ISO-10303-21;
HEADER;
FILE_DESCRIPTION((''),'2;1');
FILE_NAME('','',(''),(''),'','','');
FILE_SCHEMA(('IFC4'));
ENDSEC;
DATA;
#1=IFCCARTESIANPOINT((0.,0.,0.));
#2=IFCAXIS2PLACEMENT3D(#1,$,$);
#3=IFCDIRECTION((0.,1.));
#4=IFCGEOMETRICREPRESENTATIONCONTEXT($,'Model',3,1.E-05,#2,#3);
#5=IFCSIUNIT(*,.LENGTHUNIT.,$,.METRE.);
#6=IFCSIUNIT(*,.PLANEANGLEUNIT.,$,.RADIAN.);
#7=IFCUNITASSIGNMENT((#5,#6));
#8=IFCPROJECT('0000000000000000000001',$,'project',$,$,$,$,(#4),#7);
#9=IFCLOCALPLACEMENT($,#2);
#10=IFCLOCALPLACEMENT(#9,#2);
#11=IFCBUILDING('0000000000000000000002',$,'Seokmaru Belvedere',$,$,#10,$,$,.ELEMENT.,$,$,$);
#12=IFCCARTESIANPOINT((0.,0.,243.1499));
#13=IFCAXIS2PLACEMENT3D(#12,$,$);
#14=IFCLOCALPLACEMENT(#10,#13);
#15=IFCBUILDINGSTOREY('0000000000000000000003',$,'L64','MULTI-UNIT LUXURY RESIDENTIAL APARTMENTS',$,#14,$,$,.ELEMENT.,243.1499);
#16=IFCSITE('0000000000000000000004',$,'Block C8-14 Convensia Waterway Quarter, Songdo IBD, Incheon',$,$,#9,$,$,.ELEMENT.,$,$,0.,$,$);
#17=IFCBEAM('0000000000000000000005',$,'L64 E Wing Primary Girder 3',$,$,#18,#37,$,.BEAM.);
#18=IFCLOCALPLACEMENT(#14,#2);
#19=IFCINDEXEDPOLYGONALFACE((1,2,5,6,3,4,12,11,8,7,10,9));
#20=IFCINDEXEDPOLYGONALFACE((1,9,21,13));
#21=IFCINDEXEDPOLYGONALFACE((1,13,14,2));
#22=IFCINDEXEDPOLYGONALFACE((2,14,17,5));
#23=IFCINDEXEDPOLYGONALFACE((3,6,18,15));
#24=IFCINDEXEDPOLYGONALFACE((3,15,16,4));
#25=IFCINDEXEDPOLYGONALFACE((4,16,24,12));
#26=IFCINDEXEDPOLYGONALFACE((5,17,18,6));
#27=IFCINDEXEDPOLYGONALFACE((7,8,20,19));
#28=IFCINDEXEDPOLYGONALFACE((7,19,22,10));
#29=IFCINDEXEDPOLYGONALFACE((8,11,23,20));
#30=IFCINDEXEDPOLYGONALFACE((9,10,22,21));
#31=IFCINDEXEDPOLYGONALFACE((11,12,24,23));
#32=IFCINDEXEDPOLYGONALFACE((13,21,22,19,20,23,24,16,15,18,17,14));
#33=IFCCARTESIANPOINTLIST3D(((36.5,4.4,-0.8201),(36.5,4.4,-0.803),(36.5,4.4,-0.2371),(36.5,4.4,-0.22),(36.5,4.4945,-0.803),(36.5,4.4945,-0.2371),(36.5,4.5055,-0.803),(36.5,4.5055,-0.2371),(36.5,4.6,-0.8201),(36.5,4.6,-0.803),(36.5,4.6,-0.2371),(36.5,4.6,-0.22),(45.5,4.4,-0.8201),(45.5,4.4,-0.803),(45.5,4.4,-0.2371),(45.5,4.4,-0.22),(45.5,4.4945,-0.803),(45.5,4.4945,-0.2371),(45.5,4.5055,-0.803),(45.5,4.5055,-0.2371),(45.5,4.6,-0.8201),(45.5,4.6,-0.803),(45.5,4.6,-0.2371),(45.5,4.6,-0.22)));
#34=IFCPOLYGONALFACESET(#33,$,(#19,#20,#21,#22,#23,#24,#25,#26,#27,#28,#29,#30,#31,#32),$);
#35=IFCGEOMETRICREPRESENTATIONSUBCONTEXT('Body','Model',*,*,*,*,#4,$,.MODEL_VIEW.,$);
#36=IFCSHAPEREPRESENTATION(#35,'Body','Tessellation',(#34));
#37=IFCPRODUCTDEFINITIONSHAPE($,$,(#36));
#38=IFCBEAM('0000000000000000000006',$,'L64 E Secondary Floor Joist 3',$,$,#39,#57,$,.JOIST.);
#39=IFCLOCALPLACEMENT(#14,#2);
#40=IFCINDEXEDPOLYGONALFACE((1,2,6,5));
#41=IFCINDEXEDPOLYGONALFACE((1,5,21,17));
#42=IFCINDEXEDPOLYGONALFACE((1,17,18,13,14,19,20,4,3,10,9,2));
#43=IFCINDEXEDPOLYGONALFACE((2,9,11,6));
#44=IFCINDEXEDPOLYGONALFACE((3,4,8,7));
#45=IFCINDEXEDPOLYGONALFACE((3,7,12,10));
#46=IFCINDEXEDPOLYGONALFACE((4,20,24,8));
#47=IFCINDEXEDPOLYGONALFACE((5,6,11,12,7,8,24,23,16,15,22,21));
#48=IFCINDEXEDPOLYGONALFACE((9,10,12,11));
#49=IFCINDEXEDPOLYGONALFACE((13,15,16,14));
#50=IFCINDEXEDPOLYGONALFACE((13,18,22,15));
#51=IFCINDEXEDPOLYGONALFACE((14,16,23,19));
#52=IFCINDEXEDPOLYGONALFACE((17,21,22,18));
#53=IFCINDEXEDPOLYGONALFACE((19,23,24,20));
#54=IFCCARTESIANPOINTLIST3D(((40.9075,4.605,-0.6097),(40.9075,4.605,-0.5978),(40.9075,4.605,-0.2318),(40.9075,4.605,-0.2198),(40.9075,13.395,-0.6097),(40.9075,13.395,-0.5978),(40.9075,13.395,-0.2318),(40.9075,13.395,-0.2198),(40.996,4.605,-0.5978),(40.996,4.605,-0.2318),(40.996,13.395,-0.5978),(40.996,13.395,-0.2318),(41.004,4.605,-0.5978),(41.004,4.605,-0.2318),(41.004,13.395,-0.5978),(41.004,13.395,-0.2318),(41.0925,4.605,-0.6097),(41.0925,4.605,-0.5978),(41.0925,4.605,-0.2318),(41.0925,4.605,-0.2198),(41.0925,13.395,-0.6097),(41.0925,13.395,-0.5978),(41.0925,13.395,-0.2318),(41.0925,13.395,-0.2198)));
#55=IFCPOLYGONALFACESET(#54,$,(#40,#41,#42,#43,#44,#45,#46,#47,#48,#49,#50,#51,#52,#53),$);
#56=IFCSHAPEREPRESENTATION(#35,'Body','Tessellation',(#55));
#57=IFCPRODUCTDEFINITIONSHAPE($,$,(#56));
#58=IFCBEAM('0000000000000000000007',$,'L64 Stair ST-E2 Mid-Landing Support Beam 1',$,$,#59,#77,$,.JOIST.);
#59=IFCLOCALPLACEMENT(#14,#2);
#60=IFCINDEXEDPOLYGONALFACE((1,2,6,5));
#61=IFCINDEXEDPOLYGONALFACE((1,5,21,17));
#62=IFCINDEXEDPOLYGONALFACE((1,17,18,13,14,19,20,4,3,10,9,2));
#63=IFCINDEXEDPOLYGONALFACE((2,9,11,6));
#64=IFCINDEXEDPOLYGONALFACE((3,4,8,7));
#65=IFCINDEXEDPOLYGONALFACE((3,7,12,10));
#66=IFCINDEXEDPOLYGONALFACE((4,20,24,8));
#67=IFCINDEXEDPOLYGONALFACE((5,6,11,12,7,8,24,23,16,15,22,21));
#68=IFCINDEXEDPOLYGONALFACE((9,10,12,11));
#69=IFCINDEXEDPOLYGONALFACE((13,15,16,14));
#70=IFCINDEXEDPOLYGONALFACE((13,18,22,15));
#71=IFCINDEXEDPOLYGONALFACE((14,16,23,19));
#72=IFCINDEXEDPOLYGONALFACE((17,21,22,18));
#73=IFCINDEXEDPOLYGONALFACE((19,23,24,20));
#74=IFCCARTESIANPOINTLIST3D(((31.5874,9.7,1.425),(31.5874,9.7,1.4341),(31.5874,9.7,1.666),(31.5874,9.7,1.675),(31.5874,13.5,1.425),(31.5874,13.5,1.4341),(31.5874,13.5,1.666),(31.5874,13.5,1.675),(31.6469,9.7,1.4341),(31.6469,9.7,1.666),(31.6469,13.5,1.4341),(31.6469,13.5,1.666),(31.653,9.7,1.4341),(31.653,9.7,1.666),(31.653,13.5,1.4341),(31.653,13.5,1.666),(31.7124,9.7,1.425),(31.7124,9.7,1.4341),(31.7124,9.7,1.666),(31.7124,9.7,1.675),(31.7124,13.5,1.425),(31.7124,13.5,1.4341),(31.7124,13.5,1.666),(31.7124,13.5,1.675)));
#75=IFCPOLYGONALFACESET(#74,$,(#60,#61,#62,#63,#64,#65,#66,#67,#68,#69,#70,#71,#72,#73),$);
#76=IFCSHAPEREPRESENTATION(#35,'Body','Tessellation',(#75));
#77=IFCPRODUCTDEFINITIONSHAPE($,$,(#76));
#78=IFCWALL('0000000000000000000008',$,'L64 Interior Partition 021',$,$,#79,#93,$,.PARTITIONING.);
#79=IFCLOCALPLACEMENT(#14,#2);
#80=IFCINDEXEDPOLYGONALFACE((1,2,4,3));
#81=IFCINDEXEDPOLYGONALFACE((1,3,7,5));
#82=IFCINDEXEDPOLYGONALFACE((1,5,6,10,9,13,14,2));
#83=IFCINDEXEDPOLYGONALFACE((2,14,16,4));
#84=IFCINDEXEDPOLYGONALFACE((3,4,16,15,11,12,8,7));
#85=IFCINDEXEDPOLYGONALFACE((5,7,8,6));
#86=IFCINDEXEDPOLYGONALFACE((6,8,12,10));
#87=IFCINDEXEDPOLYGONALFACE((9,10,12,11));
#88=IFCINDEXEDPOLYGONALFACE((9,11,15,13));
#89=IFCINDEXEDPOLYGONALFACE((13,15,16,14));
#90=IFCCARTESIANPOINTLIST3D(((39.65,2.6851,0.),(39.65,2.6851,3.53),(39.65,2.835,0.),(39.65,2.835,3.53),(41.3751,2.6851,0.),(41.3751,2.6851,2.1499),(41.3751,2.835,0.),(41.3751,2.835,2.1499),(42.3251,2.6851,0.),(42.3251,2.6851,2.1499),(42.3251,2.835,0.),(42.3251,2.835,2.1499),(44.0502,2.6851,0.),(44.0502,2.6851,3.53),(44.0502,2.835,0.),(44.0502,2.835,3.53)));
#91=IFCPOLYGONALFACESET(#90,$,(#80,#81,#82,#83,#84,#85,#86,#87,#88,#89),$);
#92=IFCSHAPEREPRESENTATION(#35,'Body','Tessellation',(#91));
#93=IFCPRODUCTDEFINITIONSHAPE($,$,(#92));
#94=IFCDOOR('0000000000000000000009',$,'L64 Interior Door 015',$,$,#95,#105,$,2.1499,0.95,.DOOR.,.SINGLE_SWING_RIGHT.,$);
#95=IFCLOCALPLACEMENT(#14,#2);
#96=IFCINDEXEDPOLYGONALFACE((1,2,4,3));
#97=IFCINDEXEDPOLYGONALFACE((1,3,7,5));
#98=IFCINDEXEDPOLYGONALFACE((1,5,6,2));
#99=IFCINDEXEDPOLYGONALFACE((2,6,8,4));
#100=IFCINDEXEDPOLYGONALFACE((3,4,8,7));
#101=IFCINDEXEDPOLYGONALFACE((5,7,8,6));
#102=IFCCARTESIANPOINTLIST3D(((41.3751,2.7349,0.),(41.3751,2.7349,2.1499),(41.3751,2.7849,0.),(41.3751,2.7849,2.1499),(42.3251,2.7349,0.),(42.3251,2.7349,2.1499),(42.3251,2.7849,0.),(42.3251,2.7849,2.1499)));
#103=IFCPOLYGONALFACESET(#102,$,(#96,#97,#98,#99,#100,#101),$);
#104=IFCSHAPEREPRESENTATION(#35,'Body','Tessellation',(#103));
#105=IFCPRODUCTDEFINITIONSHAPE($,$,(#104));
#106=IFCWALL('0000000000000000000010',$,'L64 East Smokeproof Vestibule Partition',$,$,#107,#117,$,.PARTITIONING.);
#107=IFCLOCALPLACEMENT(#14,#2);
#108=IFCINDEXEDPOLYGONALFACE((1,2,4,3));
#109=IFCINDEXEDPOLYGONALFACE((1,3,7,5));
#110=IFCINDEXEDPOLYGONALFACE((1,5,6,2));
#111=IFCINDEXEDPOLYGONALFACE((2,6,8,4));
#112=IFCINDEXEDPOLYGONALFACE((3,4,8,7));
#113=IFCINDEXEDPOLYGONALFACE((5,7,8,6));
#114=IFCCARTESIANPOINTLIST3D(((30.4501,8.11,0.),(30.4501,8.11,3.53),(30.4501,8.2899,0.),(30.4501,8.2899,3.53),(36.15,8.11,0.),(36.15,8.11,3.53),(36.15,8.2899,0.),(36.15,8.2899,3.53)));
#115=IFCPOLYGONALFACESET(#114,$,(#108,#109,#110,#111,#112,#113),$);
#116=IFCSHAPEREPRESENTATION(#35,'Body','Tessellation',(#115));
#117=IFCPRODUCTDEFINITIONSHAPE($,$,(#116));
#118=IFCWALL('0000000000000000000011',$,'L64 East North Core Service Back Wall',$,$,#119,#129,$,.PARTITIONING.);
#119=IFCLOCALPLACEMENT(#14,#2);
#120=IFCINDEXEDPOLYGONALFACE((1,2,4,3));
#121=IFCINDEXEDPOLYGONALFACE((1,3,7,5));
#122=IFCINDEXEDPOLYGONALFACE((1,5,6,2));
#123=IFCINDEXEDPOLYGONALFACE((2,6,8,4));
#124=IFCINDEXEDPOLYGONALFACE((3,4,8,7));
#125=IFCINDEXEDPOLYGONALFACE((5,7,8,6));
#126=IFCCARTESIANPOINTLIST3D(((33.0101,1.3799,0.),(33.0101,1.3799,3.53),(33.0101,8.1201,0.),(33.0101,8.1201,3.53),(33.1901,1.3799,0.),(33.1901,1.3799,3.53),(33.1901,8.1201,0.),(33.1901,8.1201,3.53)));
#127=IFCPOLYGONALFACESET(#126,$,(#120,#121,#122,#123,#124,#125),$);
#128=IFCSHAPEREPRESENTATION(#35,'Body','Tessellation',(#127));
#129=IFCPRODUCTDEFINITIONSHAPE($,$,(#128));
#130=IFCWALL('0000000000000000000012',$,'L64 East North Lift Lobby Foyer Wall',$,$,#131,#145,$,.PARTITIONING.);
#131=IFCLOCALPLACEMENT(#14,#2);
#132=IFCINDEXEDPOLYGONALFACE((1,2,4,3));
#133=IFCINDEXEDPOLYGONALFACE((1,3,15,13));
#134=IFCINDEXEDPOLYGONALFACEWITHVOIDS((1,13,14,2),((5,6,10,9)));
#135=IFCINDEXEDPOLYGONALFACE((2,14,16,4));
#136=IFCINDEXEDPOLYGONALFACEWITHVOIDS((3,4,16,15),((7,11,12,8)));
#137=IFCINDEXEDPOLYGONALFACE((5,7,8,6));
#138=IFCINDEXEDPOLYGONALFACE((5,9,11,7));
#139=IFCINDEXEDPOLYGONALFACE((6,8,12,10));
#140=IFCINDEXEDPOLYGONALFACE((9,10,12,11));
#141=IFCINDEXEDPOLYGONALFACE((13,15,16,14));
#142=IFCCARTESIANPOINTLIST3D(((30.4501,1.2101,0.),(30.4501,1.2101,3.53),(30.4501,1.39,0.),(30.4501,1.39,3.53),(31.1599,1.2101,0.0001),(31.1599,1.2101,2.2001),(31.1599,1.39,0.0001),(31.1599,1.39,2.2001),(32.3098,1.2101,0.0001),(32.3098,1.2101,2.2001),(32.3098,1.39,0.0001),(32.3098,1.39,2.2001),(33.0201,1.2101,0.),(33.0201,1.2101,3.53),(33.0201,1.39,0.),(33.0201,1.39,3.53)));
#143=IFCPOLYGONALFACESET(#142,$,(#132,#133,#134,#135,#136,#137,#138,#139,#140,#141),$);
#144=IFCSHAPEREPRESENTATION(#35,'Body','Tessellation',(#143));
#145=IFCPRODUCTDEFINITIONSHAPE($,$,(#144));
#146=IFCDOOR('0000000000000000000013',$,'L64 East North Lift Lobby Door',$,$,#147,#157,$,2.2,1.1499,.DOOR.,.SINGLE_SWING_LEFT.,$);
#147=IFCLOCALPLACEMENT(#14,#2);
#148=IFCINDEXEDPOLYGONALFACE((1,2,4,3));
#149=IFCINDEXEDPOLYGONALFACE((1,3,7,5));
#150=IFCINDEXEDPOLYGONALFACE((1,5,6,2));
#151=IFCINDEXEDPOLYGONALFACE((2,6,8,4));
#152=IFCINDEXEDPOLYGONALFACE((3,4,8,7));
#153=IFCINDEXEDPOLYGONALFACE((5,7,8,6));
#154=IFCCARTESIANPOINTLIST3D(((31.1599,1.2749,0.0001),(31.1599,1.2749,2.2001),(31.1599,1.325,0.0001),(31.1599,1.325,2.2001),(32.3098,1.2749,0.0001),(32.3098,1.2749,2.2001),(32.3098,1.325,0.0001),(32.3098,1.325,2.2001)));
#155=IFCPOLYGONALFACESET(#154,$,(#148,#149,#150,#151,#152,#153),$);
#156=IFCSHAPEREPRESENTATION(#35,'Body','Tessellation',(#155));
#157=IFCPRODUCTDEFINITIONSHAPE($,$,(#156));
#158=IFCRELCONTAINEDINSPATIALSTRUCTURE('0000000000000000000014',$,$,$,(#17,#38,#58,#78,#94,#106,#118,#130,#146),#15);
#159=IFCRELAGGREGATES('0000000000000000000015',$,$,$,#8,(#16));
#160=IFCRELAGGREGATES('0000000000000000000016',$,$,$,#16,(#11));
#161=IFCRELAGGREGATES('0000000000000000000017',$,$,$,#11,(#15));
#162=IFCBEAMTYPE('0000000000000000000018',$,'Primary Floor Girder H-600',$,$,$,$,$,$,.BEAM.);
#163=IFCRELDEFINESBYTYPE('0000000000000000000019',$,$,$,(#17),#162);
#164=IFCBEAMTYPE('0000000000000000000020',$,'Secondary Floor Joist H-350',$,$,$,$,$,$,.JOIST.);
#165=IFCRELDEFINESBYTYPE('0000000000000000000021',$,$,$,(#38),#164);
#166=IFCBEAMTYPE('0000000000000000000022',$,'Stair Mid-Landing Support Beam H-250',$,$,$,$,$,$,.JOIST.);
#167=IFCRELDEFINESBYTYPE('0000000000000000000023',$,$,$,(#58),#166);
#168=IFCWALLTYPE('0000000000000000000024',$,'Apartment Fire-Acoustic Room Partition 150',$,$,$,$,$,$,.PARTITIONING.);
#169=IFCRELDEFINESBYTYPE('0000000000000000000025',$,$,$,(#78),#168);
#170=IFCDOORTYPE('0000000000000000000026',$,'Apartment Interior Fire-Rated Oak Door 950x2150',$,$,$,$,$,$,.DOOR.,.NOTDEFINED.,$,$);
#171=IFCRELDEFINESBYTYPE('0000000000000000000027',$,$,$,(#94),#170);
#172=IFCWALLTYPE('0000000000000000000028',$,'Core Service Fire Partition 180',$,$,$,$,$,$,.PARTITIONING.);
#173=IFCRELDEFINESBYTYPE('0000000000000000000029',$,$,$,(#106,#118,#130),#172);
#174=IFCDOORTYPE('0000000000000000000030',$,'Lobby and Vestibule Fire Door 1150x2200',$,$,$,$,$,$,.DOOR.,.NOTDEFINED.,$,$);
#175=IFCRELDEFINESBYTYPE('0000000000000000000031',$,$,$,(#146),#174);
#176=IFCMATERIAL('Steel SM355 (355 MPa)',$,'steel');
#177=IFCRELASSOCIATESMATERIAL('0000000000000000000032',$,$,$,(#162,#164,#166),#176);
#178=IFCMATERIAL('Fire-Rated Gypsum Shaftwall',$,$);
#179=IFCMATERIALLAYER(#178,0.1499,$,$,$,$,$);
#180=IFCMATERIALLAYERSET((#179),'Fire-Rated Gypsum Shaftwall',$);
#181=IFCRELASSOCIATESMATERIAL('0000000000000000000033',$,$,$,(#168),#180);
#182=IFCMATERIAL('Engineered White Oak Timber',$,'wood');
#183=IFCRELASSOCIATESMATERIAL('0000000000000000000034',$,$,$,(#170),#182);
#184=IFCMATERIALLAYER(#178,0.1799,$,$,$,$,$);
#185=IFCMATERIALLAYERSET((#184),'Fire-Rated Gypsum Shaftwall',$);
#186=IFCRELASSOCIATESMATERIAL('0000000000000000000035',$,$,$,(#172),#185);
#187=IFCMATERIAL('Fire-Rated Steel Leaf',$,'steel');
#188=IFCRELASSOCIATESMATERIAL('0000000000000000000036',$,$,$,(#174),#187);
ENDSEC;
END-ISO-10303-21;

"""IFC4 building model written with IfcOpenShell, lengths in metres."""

from ifc_helpers import new_model, si_unit, direction, frame, frame_2d, origin, origin_2d, place, context, subcontext, project, spatial, rectangle, i_section, extrude, source, transform, mapped, material, layer, layer_set, material_profile, profile_set, type_object, type_shapes, element, fill, save


model = new_model("IFC4")

# Units and contexts
model_context = context("Model", 3, precision=1e-05, world=origin(), true_north=direction((0.0, 1.0)))
body_context = subcontext(model_context, "Body", "Model", "MODEL_VIEW")
ifc_project = project(units=[si_unit("LENGTHUNIT", "METRE"), si_unit("PLANEANGLEUNIT", "RADIAN")], contexts=[model_context])

# Site, building, storey
site_placement = place(None, origin())
site = spatial("IfcSite", under=ifc_project, at=site_placement, Name="Block C8-14 Convensia Waterway Quarter, Songdo IBD, Incheon", CompositionType="ELEMENT", RefElevation=0.0)
building_placement = place(site_placement, origin())
building = spatial("IfcBuilding", under=site, at=building_placement, Name="Seokmaru Belvedere", CompositionType="ELEMENT")
storey_placement = place(building_placement, frame((0.0, 0.0, 243.1499)))
storey = spatial("IfcBuildingStorey", under=building, at=storey_placement, Name="L64", Description="MULTI-UNIT LUXURY RESIDENTIAL APARTMENTS", CompositionType="ELEMENT", Elevation=243.1499)

# Beams
ifc_material_1 = material(Name="Steel SM355 (355 MPa)", Category="steel")
ifc_material_profile_1 = material_profile(ifc_material_1, i_section(OverallWidth=0.2, OverallDepth=0.6001, WebThickness=0.011, FlangeThickness=0.0171, at=origin_2d()), Name="H-600x200x11x17")
ifc_profile_set_1 = profile_set([ifc_material_profile_1], Name="Steel SM355 (355 MPa)")
beam_type_1 = type_object("IfcBeamType", Name="Primary Floor Girder H-600", PredefinedType="BEAM", material=ifc_profile_set_1)
shared_shape_1 = source(origin(), body_context, "Body", "SweptSolid", [
    extrude(i_section(OverallWidth=0.2, OverallDepth=0.6001, WebThickness=0.011, FlangeThickness=0.0171, at=origin_2d()), origin(), (0.0, 0.0, 1.0), 9.0),
])
type_shapes(beam_type_1, [shared_shape_1])
beam_1_placement = place(storey_placement, frame((36.5, 4.5, -0.52), z_axis=(1.0, 0.0, 0.0), x_axis=(0.0, 1.0, 0.0)))
element("IfcBeam", 1, at=beam_1_placement, inside=storey, type_object=beam_type_1, Name="L64 E Wing Primary Girder 3", PredefinedType="BEAM", context=body_context, shape_type="MappedRepresentation", body=[
    mapped(shared_shape_1, transform((0.0, 0.0, 0.0), scale=1.0)),
])
ifc_material_profile_2 = material_profile(ifc_material_1, i_section(OverallWidth=0.1851, OverallDepth=0.3899, WebThickness=0.0081, FlangeThickness=0.012, at=origin_2d()), Name="H-390x185x8x12")
ifc_profile_set_2 = profile_set([ifc_material_profile_2], Name="Steel SM355 (355 MPa)")
beam_type_2 = type_object("IfcBeamType", Name="Secondary Floor Joist H-350", PredefinedType="JOIST", material=ifc_profile_set_2)
shared_shape_2 = source(origin(), body_context, "Body", "SweptSolid", [
    extrude(i_section(OverallWidth=0.1851, OverallDepth=0.3899, WebThickness=0.0081, FlangeThickness=0.012, at=origin_2d()), origin(), (0.0, 0.0, 1.0), 8.79),
])
type_shapes(beam_type_2, [shared_shape_2])
beam_2_placement = place(storey_placement, frame((41.0, 4.605, -0.4148), z_axis=(0.0, 1.0, 0.0), x_axis=(-1.0, 0.0, 0.0)))
element("IfcBeam", 2, at=beam_2_placement, inside=storey, type_object=beam_type_2, Name="L64 E Secondary Floor Joist 3", PredefinedType="JOIST", context=body_context, shape_type="MappedRepresentation", body=[
    mapped(shared_shape_2, transform((0.0, 0.0, 0.0), scale=1.0)),
])
ifc_material_profile_3 = material_profile(ifc_material_1, i_section(OverallWidth=0.125, OverallDepth=0.25, WebThickness=0.0061, FlangeThickness=0.009, at=origin_2d()), Name="H-250x125x6x9")
ifc_profile_set_3 = profile_set([ifc_material_profile_3], Name="Steel SM355 (355 MPa)")
beam_type_3 = type_object("IfcBeamType", Name="Stair Mid-Landing Support Beam H-250", PredefinedType="JOIST", material=ifc_profile_set_3)
shared_shape_3 = source(origin(), body_context, "Body", "SweptSolid", [
    extrude(i_section(OverallWidth=0.125, OverallDepth=0.25, WebThickness=0.0061, FlangeThickness=0.009, at=origin_2d()), origin(), (0.0, 0.0, 1.0), 3.8),
])
type_shapes(beam_type_3, [shared_shape_3])
beam_3_placement = place(storey_placement, frame((31.6499, 9.7, 1.55), z_axis=(0.0, 1.0, 0.0), x_axis=(-1.0, 0.0, 0.0)))
element("IfcBeam", 3, at=beam_3_placement, inside=storey, type_object=beam_type_3, Name="L64 Stair ST-E2 Mid-Landing Support Beam 1", PredefinedType="JOIST", context=body_context, shape_type="MappedRepresentation", body=[
    mapped(shared_shape_3, transform((0.0, 0.0, 0.0), scale=1.0)),
])

# Wall, opening, door
ifc_material_2 = material(Name="Fire-Rated Gypsum Shaftwall")
ifc_layer_1 = layer(ifc_material_2, 0.1499)
ifc_layer_set_1 = layer_set([ifc_layer_1], Name="Fire-Rated Gypsum Shaftwall")
wall_type_1 = type_object("IfcWallType", Name="Apartment Fire-Acoustic Room Partition 150", PredefinedType="PARTITIONING", material=ifc_layer_set_1)
wall_1_placement = place(storey_placement, frame((39.6499, 2.76, 0.0), z_axis=(0.0, 0.0, 1.0), x_axis=(1.0, 0.0, 0.0)))
wall_1 = element("IfcWall", 4, at=wall_1_placement, inside=storey, type_object=wall_type_1, Name="L64 Interior Partition 021", PredefinedType="PARTITIONING", context=body_context, shape_type="SweptSolid", body=[
    extrude(rectangle(XDim=4.4001, YDim=0.1499, at=frame_2d((2.2002, 0.0))), origin(), (0.0, 0.0, 1.0), 3.53),
])
opening_1_placement = place(wall_1_placement, frame((1.7251, 0.0, 0.0)))
opening_1 = element("IfcOpeningElement", 5, at=opening_1_placement, cuts=wall_1, PredefinedType="OPENING", context=body_context, shape_type="SweptSolid", body=[
    extrude(rectangle(XDim=0.95, YDim=2.1499, at=frame_2d((0.4751, 1.075))), frame((0.0, 0.085, 0.0), z_axis=(0.0, -1.0, 0.0), x_axis=(1.0, 0.0, 0.0)), (0.0, 0.0, 1.0), 0.1699),
])
ifc_material_3 = material(Name="Engineered White Oak Timber", Category="wood")
door_type_1 = type_object("IfcDoorType", Name="Apartment Interior Fire-Rated Oak Door 950x2150", OperationType="NOTDEFINED", PredefinedType="DOOR", material=ifc_material_3)
shared_shape_4 = source(origin(), body_context, "Body", "SweptSolid", [
    extrude(rectangle(XDim=0.95, YDim=2.1499, at=frame_2d((0.4751, 1.075))), frame((0.0, 0.0249, 0.0), z_axis=(0.0, -1.0, 0.0), x_axis=(1.0, 0.0, 0.0)), (0.0, 0.0, 1.0), 0.05),
])
type_shapes(door_type_1, [shared_shape_4])
door_1_placement = place(opening_1_placement, origin())
door_1 = element("IfcDoor", 6, at=door_1_placement, inside=storey, type_object=door_type_1, Name="L64 Interior Door 015", OperationType="SINGLE_SWING_RIGHT", OverallHeight=2.1499, OverallWidth=0.95, PredefinedType="DOOR", context=body_context, shape_type="MappedRepresentation", body=[
    mapped(shared_shape_4, transform((0.0, 0.0, 0.0), scale=1.0)),
])
fill(opening_1, door_1)

# Walls
ifc_layer_2 = layer(ifc_material_2, 0.1799)
ifc_layer_set_2 = layer_set([ifc_layer_2], Name="Fire-Rated Gypsum Shaftwall")
wall_type_2 = type_object("IfcWallType", Name="Core Service Fire Partition 180", PredefinedType="PARTITIONING", material=ifc_layer_set_2)
wall_2_placement = place(storey_placement, frame((30.45, 8.2, 0.0), z_axis=(0.0, 0.0, 1.0), x_axis=(1.0, 0.0, 0.0)))
element("IfcWall", 7, at=wall_2_placement, inside=storey, type_object=wall_type_2, Name="L64 East Smokeproof Vestibule Partition", PredefinedType="PARTITIONING", context=body_context, shape_type="SweptSolid", body=[
    extrude(rectangle(XDim=5.7, YDim=0.1799, at=frame_2d((2.8501, 0.0))), origin(), (0.0, 0.0, 1.0), 3.53),
])
wall_3_placement = place(storey_placement, frame((33.1001, 1.3799, 0.0), z_axis=(0.0, 0.0, 1.0), x_axis=(0.0, 1.0, 0.0)))
element("IfcWall", 8, at=wall_3_placement, inside=storey, type_object=wall_type_2, Name="L64 East North Core Service Back Wall", PredefinedType="PARTITIONING", context=body_context, shape_type="SweptSolid", body=[
    extrude(rectangle(XDim=6.7402, YDim=0.1799, at=frame_2d((3.3701, 0.0))), origin(), (0.0, 0.0, 1.0), 3.53),
])

# Wall, opening, door
wall_4_placement = place(storey_placement, frame((30.45, 1.3, 0.0), z_axis=(0.0, 0.0, 1.0), x_axis=(1.0, 0.0, 0.0)))
wall_4 = element("IfcWall", 9, at=wall_4_placement, inside=storey, type_object=wall_type_2, Name="L64 East North Lift Lobby Foyer Wall", PredefinedType="PARTITIONING", context=body_context, shape_type="SweptSolid", body=[
    extrude(rectangle(XDim=2.5701, YDim=0.1799, at=frame_2d((1.2852, 0.0))), origin(), (0.0, 0.0, 1.0), 3.53),
])
opening_2_placement = place(wall_4_placement, frame((0.71, 0.0, 0.0)))
opening_2 = element("IfcOpeningElement", 10, at=opening_2_placement, cuts=wall_4, PredefinedType="OPENING", context=body_context, shape_type="SweptSolid", body=[
    extrude(rectangle(XDim=1.1499, YDim=2.2, at=frame_2d((0.575, 1.1001))), frame((0.0, 0.1001, 0.0), z_axis=(0.0, -1.0, 0.0), x_axis=(1.0, 0.0, 0.0)), (0.0, 0.0, 1.0), 0.2),
])
ifc_material_4 = material(Name="Fire-Rated Steel Leaf", Category="steel")
door_type_2 = type_object("IfcDoorType", Name="Lobby and Vestibule Fire Door 1150x2200", OperationType="NOTDEFINED", PredefinedType="DOOR", material=ifc_material_4)
shared_shape_5 = source(origin(), body_context, "Body", "SweptSolid", [
    extrude(rectangle(XDim=1.1499, YDim=2.2, at=frame_2d((0.575, 1.1001))), frame((0.0, 0.0249, 0.0), z_axis=(0.0, -1.0, 0.0), x_axis=(1.0, 0.0, 0.0)), (0.0, 0.0, 1.0), 0.05),
])
type_shapes(door_type_2, [shared_shape_5])
door_2_placement = place(opening_2_placement, origin())
door_2 = element("IfcDoor", 11, at=door_2_placement, inside=storey, type_object=door_type_2, Name="L64 East North Lift Lobby Door", OperationType="SINGLE_SWING_LEFT", OverallHeight=2.2, OverallWidth=1.1499, PredefinedType="DOOR", context=body_context, shape_type="MappedRepresentation", body=[
    mapped(shared_shape_5, transform((0.0, 0.0, 0.0), scale=1.0)),
])
fill(opening_2, door_2)

save(model, "model.ifc")
